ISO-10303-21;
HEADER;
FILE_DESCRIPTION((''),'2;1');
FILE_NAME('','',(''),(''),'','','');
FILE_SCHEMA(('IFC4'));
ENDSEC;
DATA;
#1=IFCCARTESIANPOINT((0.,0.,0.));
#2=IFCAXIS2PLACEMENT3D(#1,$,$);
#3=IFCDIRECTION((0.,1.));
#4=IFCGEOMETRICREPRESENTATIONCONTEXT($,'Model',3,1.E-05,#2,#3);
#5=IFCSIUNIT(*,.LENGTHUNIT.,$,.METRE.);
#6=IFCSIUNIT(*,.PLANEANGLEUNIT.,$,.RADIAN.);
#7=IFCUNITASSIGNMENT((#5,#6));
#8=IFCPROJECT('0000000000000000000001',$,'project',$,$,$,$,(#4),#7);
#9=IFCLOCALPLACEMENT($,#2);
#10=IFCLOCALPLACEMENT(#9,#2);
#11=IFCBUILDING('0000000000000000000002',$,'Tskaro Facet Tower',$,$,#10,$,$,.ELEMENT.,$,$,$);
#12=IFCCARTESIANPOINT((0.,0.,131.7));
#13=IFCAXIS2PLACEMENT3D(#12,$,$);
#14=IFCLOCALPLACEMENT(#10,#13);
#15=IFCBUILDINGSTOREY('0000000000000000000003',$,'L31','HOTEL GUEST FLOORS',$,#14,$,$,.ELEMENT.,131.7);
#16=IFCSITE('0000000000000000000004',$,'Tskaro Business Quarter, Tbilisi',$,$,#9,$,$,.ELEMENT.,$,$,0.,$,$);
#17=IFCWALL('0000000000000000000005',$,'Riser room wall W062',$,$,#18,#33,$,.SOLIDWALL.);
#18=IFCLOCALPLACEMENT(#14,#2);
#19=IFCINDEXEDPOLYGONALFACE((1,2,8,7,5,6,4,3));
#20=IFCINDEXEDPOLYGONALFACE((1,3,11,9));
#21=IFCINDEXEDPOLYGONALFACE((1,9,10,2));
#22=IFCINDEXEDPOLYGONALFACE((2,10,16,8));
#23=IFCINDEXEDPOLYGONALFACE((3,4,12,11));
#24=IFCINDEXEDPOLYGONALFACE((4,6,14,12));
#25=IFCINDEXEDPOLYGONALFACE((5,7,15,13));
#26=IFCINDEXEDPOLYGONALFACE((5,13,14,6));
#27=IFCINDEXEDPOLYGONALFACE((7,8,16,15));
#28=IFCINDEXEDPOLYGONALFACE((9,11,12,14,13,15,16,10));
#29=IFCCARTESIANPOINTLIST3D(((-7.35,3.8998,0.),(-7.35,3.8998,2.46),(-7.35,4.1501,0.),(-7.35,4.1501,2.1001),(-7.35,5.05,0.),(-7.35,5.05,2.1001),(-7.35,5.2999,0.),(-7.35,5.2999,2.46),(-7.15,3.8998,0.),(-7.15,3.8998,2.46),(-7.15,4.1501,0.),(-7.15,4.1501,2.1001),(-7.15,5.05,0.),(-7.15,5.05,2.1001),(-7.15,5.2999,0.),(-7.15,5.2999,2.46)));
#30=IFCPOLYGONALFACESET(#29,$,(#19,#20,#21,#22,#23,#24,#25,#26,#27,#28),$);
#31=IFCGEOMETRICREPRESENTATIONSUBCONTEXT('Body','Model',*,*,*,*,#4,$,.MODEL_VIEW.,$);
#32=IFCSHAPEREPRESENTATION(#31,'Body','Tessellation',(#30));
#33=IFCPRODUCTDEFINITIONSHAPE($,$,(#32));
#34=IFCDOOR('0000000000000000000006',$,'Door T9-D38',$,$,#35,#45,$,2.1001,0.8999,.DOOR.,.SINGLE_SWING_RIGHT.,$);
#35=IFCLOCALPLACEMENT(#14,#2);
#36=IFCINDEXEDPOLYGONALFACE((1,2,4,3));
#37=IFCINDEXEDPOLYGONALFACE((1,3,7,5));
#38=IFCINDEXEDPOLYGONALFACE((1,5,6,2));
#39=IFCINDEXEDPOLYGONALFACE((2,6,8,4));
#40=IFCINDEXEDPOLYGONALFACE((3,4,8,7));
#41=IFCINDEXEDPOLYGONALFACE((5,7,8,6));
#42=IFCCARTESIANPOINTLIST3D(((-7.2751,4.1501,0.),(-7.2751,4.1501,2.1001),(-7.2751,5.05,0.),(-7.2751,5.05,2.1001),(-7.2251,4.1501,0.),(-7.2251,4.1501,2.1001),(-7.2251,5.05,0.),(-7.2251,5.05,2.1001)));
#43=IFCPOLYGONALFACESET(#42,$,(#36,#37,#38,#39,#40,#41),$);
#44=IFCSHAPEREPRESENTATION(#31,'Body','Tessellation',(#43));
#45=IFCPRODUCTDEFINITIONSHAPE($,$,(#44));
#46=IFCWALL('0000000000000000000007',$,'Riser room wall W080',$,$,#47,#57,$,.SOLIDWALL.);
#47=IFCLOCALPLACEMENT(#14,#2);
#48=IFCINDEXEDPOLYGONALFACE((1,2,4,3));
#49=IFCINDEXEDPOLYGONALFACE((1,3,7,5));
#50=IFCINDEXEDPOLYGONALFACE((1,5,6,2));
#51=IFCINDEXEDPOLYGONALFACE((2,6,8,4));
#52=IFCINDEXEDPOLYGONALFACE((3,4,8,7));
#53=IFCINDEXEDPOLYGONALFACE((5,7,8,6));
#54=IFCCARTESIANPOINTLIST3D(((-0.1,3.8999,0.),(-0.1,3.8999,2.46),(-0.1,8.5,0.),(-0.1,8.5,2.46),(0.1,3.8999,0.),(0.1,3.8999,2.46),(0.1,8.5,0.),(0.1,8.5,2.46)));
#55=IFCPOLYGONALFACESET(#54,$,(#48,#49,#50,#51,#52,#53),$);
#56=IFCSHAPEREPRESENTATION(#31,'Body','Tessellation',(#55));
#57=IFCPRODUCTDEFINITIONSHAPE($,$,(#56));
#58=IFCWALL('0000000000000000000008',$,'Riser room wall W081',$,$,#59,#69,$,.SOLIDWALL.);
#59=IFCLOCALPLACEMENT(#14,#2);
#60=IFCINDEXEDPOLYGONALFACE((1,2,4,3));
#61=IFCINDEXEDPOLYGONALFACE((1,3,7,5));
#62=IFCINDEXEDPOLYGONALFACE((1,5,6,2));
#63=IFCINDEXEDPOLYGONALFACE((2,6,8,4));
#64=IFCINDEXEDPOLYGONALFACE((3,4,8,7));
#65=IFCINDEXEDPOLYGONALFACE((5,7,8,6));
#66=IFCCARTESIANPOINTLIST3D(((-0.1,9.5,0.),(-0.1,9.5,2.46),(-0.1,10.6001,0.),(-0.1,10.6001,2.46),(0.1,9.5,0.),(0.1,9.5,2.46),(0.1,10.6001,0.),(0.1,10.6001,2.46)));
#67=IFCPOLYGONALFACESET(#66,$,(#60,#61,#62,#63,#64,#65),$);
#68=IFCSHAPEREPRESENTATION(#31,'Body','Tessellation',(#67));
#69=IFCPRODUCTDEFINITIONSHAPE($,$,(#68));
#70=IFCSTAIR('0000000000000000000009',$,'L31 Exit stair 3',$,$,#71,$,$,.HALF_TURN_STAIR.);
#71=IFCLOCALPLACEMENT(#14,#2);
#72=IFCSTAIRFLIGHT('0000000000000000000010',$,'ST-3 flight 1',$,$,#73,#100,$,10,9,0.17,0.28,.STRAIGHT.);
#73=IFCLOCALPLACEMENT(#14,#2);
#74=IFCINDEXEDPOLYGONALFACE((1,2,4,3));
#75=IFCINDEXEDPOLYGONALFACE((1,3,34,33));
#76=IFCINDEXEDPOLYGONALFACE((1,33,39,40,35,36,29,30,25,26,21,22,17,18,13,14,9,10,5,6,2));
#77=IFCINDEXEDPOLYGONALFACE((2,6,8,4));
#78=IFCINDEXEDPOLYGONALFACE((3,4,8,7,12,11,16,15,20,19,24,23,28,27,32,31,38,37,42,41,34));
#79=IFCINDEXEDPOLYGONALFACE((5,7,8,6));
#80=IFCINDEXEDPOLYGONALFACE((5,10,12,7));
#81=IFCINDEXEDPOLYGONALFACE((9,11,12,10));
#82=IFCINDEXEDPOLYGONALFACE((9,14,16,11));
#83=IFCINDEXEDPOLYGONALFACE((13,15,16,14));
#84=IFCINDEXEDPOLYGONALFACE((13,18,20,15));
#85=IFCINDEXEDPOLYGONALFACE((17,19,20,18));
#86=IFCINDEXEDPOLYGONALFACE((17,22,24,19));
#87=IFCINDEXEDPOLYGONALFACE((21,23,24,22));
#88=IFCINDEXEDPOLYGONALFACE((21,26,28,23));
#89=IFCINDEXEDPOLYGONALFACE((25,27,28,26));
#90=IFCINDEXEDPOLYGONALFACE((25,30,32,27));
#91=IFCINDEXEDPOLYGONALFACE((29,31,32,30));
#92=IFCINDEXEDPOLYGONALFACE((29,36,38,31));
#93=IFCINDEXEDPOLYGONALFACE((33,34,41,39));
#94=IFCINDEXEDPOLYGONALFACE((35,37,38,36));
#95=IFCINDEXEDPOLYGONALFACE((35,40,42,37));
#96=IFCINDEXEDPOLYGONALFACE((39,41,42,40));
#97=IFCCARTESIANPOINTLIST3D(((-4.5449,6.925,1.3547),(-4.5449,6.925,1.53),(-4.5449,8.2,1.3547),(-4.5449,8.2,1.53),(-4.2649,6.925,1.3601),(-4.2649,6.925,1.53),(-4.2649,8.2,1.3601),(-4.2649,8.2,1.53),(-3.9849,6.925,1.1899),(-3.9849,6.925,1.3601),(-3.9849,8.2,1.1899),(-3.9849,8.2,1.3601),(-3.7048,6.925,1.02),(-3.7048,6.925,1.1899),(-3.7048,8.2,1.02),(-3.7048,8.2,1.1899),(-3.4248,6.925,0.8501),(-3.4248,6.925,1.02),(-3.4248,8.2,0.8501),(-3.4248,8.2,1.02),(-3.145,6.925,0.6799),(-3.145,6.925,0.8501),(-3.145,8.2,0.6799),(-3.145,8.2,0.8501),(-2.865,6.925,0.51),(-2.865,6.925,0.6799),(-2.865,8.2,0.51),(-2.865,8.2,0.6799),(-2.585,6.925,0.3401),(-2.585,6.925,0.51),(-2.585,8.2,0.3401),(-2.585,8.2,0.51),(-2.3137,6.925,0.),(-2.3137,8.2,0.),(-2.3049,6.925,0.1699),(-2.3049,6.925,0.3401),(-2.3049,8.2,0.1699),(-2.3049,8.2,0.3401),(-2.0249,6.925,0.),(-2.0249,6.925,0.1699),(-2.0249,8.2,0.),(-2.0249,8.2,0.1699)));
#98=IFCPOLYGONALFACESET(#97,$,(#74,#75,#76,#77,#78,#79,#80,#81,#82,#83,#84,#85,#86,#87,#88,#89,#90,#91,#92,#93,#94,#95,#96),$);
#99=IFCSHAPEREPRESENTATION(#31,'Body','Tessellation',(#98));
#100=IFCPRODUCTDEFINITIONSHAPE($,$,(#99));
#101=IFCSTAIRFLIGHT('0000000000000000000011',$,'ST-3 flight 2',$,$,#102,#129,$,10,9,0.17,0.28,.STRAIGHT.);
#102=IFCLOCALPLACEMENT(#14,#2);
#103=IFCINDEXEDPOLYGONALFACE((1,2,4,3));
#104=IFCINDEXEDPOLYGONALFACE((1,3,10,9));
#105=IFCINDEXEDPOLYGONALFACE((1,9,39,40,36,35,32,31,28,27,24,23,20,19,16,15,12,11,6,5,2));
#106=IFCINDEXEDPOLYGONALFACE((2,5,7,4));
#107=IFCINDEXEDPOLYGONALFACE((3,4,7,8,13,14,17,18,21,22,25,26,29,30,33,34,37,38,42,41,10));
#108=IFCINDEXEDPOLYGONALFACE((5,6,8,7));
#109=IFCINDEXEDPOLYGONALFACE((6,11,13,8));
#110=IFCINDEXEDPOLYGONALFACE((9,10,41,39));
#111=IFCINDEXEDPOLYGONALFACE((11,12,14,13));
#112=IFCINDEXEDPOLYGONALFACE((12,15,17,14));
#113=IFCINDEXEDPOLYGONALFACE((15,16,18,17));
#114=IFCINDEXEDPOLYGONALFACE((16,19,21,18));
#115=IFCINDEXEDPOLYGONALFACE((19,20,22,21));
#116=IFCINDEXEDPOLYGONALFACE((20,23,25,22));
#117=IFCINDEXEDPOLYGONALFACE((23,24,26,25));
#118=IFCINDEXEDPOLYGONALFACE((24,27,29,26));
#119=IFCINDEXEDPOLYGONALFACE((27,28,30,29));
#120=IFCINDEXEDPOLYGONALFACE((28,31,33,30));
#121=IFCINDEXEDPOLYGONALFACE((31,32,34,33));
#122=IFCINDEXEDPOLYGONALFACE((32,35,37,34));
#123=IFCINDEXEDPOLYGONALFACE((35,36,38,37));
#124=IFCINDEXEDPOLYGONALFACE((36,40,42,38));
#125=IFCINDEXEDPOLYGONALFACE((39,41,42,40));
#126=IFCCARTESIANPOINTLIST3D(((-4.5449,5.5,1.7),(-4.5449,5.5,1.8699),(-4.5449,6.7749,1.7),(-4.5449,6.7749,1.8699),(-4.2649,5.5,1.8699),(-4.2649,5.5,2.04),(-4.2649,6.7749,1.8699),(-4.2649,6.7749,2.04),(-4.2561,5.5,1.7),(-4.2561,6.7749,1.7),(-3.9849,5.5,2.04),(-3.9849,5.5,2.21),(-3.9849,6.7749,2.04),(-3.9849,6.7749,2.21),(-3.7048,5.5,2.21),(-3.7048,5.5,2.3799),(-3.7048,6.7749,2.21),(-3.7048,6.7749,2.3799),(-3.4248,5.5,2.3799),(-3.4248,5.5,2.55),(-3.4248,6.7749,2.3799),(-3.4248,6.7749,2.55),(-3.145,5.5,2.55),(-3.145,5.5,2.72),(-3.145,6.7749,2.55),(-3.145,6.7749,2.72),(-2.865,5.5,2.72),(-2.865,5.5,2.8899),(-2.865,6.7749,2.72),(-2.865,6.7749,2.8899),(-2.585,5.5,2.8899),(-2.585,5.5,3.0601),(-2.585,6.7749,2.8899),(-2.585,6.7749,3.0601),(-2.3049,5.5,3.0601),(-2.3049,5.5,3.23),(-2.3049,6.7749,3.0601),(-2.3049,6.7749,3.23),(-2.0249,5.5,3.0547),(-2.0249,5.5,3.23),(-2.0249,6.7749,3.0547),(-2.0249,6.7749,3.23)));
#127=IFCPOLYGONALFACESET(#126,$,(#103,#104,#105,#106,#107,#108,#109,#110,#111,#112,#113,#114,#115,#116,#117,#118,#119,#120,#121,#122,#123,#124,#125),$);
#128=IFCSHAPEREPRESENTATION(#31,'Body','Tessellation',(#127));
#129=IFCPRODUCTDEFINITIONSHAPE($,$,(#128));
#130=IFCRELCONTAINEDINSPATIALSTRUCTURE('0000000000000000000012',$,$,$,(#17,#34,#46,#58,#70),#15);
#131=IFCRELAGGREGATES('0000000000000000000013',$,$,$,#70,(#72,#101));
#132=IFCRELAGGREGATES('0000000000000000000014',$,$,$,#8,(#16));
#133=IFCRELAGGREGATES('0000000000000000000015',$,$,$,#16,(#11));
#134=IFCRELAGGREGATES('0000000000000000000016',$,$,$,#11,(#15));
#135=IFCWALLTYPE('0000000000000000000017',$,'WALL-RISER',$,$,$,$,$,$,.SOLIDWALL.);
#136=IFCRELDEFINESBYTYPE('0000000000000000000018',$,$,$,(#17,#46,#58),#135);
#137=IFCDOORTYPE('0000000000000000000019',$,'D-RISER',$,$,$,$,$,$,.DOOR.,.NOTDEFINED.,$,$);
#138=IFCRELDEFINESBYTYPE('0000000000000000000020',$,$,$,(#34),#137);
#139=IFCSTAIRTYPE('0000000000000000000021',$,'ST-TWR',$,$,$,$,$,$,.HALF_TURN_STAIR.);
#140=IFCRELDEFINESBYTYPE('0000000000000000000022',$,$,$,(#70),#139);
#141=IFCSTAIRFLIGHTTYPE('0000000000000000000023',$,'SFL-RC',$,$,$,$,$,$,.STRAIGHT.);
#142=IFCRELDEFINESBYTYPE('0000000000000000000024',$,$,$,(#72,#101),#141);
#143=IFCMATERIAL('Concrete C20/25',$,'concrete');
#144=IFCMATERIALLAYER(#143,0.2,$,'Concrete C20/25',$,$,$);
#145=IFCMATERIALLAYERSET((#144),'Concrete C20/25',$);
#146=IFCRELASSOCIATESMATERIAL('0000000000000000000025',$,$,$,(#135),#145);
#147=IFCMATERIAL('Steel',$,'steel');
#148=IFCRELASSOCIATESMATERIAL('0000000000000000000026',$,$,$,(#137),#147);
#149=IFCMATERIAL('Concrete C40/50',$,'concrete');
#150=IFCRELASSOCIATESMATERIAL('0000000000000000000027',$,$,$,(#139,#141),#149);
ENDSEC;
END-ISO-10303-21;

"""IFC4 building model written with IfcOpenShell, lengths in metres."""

from ifc_helpers import new_model, si_unit, direction, frame, frame_2d, origin, place, context, subcontext, project, spatial, polyline, rectangle, outline, extrude, material, layer, layer_set, type_object, element, fill, aggregate, save


model = new_model("IFC4")

# Units and contexts
model_context = context("Model", 3, precision=1e-05, world=origin(), true_north=direction((0.0, 1.0)))
body_context = subcontext(model_context, "Body", "Model", "MODEL_VIEW")
ifc_project = project(units=[si_unit("LENGTHUNIT", "METRE"), si_unit("PLANEANGLEUNIT", "RADIAN")], contexts=[model_context])

# Site, building, storey
site_placement = place(None, origin())
site = spatial("IfcSite", under=ifc_project, at=site_placement, Name="Tskaro Business Quarter, Tbilisi", CompositionType="ELEMENT", RefElevation=0.0)
building_placement = place(site_placement, origin())
building = spatial("IfcBuilding", under=site, at=building_placement, Name="Tskaro Facet Tower", CompositionType="ELEMENT")
storey_placement = place(building_placement, frame((0.0, 0.0, 131.7)))
storey = spatial("IfcBuildingStorey", under=building, at=storey_placement, Name="L31", Description="HOTEL GUEST FLOORS", CompositionType="ELEMENT", Elevation=131.7)

# Shared definitions
ifc_material_1 = material(Name="Steel", Category="steel")

# Shared definitions
ifc_material_2 = material(Name="Concrete C20/25", Category="concrete")
ifc_layer_1 = layer(ifc_material_2, 0.2, Name="Concrete C20/25")
ifc_layer_set_1 = layer_set([ifc_layer_1], Name="Concrete C20/25")
wall_type_1 = type_object("IfcWallType", Name="WALL-RISER", PredefinedType="SOLIDWALL", material=ifc_layer_set_1)

# Wall, opening, door
wall_1_placement = place(storey_placement, frame((-7.25, 5.3, 0.0), z_axis=(0.0, 0.0, 1.0), x_axis=(0.0, -1.0, 0.0)))
wall_1 = element("IfcWall", 1, at=wall_1_placement, inside=storey, type_object=wall_type_1, Name="Riser room wall W062", PredefinedType="SOLIDWALL", context=body_context, shape_type="SweptSolid", body=[
    extrude(rectangle(XDim=1.4001, YDim=0.2, at=frame_2d((0.7002, 0.0))), origin(), (0.0, 0.0, 1.0), 2.46),
])
opening_1_placement = place(wall_1_placement, frame((0.25, 0.0, 0.0)))
opening_1 = element("IfcOpeningElement", 2, at=opening_1_placement, cuts=wall_1, PredefinedType="OPENING", context=body_context, shape_type="SweptSolid", body=[
    extrude(rectangle(XDim=0.8999, YDim=2.1001, at=frame_2d((0.45, 1.05))), frame((0.0, 0.1099, 0.0), z_axis=(0.0, -1.0, 0.0), x_axis=(1.0, 0.0, 0.0)), (0.0, 0.0, 1.0), 0.22),
])
door_type_1 = type_object("IfcDoorType", Name="D-RISER", OperationType="NOTDEFINED", PredefinedType="DOOR", material=ifc_material_1)
door_1_placement = place(opening_1_placement, origin())
door_1 = element("IfcDoor", 3, at=door_1_placement, inside=storey, type_object=door_type_1, Name="Door T9-D38", OperationType="SINGLE_SWING_RIGHT", OverallHeight=2.1001, OverallWidth=0.8999, PredefinedType="DOOR", context=body_context, shape_type="SweptSolid", body=[
    extrude(rectangle(XDim=0.8999, YDim=2.1001, at=frame_2d((0.45, 1.05))), frame((0.0, 0.0249, 0.0), z_axis=(0.0, -1.0, 0.0), x_axis=(1.0, 0.0, 0.0)), (0.0, 0.0, 1.0), 0.05),
])
fill(opening_1, door_1)

# Walls
wall_2_placement = place(storey_placement, frame((0.0, 3.8999, 0.0), z_axis=(0.0, 0.0, 1.0), x_axis=(0.0, 1.0, 0.0)))
element("IfcWall", 4, at=wall_2_placement, inside=storey, type_object=wall_type_1, Name="Riser room wall W080", PredefinedType="SOLIDWALL", context=body_context, shape_type="SweptSolid", body=[
    extrude(rectangle(XDim=4.6001, YDim=0.2, at=frame_2d((2.3, 0.0))), origin(), (0.0, 0.0, 1.0), 2.46),
])
wall_3_placement = place(storey_placement, frame((0.0, 9.5, 0.0), z_axis=(0.0, 0.0, 1.0), x_axis=(0.0, 1.0, 0.0)))
element("IfcWall", 5, at=wall_3_placement, inside=storey, type_object=wall_type_1, Name="Riser room wall W081", PredefinedType="SOLIDWALL", context=body_context, shape_type="SweptSolid", body=[
    extrude(rectangle(XDim=1.1001, YDim=0.2, at=frame_2d((0.55, 0.0))), origin(), (0.0, 0.0, 1.0), 2.46),
])

# Stair, stair flights
ifc_material_3 = material(Name="Concrete C40/50", Category="concrete")
stair_type = type_object("IfcStairType", Name="ST-TWR", PredefinedType="HALF_TURN_STAIR", material=ifc_material_3)
stair_placement = place(storey_placement, origin())
stair = element("IfcStair", 6, at=stair_placement, inside=storey, type_object=stair_type, Name="L31 Exit stair 3", PredefinedType="HALF_TURN_STAIR")
stair_flight_type = type_object("IfcStairFlightType", Name="SFL-RC", PredefinedType="STRAIGHT", material=ifc_material_3)
stair_flight_1_placement = place(storey_placement, frame((-2.0249, 7.5625, 0.0), z_axis=(0.0, 0.0, 1.0), x_axis=(-1.0, 0.0, 0.0)))
stair_flight_1 = element("IfcStairFlight", 7, at=stair_flight_1_placement, type_object=stair_flight_type, Name="ST-3 flight 1", NumberOfRisers=10, NumberOfTreads=9, PredefinedType="STRAIGHT", RiserHeight=0.17, TreadLength=0.28, context=body_context, shape_type="SweptSolid", body=[
    extrude(outline(polyline([(0.0, 0.0), (0.0, 0.1699), (0.28, 0.1699), (0.28, 0.3401), (0.5601, 0.3401), (0.5601, 0.51), (0.8401, 0.51), (0.8401, 0.6799), (1.1201, 0.6799), (1.1201, 0.8501), (1.3999, 0.8501), (1.3999, 1.02), (1.6799, 1.02), (1.6799, 1.1899), (1.96, 1.1899), (1.96, 1.3601), (2.24, 1.3601), (2.24, 1.53), (2.52, 1.53), (2.52, 1.7), (2.52, 1.3547), (0.2888, 0.0), (0.0, 0.0)])), frame((0.0, 0.6375, 0.0), z_axis=(0.0, -1.0, 0.0), x_axis=(1.0, 0.0, 0.0)), (0.0, 0.0, 1.0), 1.2749),
])
stair_flight_2_placement = place(storey_placement, frame((-4.5449, 6.1375, 1.7), z_axis=(0.0, 0.0, 1.0), x_axis=(1.0, 0.0, 0.0)))
stair_flight_2 = element("IfcStairFlight", 8, at=stair_flight_2_placement, type_object=stair_flight_type, Name="ST-3 flight 2", NumberOfRisers=10, NumberOfTreads=9, PredefinedType="STRAIGHT", RiserHeight=0.17, TreadLength=0.28, context=body_context, shape_type="SweptSolid", body=[
    extrude(outline(polyline([(0.0, 0.0), (0.0, 0.1699), (0.28, 0.1699), (0.28, 0.3401), (0.5601, 0.3401), (0.5601, 0.51), (0.8401, 0.51), (0.8401, 0.6799), (1.1201, 0.6799), (1.1201, 0.8501), (1.3999, 0.8501), (1.3999, 1.02), (1.6799, 1.02), (1.6799, 1.1899), (1.96, 1.1899), (1.96, 1.3601), (2.24, 1.3601), (2.24, 1.53), (2.52, 1.53), (2.52, 1.7), (2.52, 1.3547), (0.2888, 0.0), (0.0, 0.0)])), frame((0.0, 0.6375, 0.0), z_axis=(0.0, -1.0, 0.0), x_axis=(1.0, 0.0, 0.0)), (0.0, 0.0, 1.0), 1.2749),
])
aggregate(stair, [stair_flight_1, stair_flight_2])

save(model, "model.ifc")
